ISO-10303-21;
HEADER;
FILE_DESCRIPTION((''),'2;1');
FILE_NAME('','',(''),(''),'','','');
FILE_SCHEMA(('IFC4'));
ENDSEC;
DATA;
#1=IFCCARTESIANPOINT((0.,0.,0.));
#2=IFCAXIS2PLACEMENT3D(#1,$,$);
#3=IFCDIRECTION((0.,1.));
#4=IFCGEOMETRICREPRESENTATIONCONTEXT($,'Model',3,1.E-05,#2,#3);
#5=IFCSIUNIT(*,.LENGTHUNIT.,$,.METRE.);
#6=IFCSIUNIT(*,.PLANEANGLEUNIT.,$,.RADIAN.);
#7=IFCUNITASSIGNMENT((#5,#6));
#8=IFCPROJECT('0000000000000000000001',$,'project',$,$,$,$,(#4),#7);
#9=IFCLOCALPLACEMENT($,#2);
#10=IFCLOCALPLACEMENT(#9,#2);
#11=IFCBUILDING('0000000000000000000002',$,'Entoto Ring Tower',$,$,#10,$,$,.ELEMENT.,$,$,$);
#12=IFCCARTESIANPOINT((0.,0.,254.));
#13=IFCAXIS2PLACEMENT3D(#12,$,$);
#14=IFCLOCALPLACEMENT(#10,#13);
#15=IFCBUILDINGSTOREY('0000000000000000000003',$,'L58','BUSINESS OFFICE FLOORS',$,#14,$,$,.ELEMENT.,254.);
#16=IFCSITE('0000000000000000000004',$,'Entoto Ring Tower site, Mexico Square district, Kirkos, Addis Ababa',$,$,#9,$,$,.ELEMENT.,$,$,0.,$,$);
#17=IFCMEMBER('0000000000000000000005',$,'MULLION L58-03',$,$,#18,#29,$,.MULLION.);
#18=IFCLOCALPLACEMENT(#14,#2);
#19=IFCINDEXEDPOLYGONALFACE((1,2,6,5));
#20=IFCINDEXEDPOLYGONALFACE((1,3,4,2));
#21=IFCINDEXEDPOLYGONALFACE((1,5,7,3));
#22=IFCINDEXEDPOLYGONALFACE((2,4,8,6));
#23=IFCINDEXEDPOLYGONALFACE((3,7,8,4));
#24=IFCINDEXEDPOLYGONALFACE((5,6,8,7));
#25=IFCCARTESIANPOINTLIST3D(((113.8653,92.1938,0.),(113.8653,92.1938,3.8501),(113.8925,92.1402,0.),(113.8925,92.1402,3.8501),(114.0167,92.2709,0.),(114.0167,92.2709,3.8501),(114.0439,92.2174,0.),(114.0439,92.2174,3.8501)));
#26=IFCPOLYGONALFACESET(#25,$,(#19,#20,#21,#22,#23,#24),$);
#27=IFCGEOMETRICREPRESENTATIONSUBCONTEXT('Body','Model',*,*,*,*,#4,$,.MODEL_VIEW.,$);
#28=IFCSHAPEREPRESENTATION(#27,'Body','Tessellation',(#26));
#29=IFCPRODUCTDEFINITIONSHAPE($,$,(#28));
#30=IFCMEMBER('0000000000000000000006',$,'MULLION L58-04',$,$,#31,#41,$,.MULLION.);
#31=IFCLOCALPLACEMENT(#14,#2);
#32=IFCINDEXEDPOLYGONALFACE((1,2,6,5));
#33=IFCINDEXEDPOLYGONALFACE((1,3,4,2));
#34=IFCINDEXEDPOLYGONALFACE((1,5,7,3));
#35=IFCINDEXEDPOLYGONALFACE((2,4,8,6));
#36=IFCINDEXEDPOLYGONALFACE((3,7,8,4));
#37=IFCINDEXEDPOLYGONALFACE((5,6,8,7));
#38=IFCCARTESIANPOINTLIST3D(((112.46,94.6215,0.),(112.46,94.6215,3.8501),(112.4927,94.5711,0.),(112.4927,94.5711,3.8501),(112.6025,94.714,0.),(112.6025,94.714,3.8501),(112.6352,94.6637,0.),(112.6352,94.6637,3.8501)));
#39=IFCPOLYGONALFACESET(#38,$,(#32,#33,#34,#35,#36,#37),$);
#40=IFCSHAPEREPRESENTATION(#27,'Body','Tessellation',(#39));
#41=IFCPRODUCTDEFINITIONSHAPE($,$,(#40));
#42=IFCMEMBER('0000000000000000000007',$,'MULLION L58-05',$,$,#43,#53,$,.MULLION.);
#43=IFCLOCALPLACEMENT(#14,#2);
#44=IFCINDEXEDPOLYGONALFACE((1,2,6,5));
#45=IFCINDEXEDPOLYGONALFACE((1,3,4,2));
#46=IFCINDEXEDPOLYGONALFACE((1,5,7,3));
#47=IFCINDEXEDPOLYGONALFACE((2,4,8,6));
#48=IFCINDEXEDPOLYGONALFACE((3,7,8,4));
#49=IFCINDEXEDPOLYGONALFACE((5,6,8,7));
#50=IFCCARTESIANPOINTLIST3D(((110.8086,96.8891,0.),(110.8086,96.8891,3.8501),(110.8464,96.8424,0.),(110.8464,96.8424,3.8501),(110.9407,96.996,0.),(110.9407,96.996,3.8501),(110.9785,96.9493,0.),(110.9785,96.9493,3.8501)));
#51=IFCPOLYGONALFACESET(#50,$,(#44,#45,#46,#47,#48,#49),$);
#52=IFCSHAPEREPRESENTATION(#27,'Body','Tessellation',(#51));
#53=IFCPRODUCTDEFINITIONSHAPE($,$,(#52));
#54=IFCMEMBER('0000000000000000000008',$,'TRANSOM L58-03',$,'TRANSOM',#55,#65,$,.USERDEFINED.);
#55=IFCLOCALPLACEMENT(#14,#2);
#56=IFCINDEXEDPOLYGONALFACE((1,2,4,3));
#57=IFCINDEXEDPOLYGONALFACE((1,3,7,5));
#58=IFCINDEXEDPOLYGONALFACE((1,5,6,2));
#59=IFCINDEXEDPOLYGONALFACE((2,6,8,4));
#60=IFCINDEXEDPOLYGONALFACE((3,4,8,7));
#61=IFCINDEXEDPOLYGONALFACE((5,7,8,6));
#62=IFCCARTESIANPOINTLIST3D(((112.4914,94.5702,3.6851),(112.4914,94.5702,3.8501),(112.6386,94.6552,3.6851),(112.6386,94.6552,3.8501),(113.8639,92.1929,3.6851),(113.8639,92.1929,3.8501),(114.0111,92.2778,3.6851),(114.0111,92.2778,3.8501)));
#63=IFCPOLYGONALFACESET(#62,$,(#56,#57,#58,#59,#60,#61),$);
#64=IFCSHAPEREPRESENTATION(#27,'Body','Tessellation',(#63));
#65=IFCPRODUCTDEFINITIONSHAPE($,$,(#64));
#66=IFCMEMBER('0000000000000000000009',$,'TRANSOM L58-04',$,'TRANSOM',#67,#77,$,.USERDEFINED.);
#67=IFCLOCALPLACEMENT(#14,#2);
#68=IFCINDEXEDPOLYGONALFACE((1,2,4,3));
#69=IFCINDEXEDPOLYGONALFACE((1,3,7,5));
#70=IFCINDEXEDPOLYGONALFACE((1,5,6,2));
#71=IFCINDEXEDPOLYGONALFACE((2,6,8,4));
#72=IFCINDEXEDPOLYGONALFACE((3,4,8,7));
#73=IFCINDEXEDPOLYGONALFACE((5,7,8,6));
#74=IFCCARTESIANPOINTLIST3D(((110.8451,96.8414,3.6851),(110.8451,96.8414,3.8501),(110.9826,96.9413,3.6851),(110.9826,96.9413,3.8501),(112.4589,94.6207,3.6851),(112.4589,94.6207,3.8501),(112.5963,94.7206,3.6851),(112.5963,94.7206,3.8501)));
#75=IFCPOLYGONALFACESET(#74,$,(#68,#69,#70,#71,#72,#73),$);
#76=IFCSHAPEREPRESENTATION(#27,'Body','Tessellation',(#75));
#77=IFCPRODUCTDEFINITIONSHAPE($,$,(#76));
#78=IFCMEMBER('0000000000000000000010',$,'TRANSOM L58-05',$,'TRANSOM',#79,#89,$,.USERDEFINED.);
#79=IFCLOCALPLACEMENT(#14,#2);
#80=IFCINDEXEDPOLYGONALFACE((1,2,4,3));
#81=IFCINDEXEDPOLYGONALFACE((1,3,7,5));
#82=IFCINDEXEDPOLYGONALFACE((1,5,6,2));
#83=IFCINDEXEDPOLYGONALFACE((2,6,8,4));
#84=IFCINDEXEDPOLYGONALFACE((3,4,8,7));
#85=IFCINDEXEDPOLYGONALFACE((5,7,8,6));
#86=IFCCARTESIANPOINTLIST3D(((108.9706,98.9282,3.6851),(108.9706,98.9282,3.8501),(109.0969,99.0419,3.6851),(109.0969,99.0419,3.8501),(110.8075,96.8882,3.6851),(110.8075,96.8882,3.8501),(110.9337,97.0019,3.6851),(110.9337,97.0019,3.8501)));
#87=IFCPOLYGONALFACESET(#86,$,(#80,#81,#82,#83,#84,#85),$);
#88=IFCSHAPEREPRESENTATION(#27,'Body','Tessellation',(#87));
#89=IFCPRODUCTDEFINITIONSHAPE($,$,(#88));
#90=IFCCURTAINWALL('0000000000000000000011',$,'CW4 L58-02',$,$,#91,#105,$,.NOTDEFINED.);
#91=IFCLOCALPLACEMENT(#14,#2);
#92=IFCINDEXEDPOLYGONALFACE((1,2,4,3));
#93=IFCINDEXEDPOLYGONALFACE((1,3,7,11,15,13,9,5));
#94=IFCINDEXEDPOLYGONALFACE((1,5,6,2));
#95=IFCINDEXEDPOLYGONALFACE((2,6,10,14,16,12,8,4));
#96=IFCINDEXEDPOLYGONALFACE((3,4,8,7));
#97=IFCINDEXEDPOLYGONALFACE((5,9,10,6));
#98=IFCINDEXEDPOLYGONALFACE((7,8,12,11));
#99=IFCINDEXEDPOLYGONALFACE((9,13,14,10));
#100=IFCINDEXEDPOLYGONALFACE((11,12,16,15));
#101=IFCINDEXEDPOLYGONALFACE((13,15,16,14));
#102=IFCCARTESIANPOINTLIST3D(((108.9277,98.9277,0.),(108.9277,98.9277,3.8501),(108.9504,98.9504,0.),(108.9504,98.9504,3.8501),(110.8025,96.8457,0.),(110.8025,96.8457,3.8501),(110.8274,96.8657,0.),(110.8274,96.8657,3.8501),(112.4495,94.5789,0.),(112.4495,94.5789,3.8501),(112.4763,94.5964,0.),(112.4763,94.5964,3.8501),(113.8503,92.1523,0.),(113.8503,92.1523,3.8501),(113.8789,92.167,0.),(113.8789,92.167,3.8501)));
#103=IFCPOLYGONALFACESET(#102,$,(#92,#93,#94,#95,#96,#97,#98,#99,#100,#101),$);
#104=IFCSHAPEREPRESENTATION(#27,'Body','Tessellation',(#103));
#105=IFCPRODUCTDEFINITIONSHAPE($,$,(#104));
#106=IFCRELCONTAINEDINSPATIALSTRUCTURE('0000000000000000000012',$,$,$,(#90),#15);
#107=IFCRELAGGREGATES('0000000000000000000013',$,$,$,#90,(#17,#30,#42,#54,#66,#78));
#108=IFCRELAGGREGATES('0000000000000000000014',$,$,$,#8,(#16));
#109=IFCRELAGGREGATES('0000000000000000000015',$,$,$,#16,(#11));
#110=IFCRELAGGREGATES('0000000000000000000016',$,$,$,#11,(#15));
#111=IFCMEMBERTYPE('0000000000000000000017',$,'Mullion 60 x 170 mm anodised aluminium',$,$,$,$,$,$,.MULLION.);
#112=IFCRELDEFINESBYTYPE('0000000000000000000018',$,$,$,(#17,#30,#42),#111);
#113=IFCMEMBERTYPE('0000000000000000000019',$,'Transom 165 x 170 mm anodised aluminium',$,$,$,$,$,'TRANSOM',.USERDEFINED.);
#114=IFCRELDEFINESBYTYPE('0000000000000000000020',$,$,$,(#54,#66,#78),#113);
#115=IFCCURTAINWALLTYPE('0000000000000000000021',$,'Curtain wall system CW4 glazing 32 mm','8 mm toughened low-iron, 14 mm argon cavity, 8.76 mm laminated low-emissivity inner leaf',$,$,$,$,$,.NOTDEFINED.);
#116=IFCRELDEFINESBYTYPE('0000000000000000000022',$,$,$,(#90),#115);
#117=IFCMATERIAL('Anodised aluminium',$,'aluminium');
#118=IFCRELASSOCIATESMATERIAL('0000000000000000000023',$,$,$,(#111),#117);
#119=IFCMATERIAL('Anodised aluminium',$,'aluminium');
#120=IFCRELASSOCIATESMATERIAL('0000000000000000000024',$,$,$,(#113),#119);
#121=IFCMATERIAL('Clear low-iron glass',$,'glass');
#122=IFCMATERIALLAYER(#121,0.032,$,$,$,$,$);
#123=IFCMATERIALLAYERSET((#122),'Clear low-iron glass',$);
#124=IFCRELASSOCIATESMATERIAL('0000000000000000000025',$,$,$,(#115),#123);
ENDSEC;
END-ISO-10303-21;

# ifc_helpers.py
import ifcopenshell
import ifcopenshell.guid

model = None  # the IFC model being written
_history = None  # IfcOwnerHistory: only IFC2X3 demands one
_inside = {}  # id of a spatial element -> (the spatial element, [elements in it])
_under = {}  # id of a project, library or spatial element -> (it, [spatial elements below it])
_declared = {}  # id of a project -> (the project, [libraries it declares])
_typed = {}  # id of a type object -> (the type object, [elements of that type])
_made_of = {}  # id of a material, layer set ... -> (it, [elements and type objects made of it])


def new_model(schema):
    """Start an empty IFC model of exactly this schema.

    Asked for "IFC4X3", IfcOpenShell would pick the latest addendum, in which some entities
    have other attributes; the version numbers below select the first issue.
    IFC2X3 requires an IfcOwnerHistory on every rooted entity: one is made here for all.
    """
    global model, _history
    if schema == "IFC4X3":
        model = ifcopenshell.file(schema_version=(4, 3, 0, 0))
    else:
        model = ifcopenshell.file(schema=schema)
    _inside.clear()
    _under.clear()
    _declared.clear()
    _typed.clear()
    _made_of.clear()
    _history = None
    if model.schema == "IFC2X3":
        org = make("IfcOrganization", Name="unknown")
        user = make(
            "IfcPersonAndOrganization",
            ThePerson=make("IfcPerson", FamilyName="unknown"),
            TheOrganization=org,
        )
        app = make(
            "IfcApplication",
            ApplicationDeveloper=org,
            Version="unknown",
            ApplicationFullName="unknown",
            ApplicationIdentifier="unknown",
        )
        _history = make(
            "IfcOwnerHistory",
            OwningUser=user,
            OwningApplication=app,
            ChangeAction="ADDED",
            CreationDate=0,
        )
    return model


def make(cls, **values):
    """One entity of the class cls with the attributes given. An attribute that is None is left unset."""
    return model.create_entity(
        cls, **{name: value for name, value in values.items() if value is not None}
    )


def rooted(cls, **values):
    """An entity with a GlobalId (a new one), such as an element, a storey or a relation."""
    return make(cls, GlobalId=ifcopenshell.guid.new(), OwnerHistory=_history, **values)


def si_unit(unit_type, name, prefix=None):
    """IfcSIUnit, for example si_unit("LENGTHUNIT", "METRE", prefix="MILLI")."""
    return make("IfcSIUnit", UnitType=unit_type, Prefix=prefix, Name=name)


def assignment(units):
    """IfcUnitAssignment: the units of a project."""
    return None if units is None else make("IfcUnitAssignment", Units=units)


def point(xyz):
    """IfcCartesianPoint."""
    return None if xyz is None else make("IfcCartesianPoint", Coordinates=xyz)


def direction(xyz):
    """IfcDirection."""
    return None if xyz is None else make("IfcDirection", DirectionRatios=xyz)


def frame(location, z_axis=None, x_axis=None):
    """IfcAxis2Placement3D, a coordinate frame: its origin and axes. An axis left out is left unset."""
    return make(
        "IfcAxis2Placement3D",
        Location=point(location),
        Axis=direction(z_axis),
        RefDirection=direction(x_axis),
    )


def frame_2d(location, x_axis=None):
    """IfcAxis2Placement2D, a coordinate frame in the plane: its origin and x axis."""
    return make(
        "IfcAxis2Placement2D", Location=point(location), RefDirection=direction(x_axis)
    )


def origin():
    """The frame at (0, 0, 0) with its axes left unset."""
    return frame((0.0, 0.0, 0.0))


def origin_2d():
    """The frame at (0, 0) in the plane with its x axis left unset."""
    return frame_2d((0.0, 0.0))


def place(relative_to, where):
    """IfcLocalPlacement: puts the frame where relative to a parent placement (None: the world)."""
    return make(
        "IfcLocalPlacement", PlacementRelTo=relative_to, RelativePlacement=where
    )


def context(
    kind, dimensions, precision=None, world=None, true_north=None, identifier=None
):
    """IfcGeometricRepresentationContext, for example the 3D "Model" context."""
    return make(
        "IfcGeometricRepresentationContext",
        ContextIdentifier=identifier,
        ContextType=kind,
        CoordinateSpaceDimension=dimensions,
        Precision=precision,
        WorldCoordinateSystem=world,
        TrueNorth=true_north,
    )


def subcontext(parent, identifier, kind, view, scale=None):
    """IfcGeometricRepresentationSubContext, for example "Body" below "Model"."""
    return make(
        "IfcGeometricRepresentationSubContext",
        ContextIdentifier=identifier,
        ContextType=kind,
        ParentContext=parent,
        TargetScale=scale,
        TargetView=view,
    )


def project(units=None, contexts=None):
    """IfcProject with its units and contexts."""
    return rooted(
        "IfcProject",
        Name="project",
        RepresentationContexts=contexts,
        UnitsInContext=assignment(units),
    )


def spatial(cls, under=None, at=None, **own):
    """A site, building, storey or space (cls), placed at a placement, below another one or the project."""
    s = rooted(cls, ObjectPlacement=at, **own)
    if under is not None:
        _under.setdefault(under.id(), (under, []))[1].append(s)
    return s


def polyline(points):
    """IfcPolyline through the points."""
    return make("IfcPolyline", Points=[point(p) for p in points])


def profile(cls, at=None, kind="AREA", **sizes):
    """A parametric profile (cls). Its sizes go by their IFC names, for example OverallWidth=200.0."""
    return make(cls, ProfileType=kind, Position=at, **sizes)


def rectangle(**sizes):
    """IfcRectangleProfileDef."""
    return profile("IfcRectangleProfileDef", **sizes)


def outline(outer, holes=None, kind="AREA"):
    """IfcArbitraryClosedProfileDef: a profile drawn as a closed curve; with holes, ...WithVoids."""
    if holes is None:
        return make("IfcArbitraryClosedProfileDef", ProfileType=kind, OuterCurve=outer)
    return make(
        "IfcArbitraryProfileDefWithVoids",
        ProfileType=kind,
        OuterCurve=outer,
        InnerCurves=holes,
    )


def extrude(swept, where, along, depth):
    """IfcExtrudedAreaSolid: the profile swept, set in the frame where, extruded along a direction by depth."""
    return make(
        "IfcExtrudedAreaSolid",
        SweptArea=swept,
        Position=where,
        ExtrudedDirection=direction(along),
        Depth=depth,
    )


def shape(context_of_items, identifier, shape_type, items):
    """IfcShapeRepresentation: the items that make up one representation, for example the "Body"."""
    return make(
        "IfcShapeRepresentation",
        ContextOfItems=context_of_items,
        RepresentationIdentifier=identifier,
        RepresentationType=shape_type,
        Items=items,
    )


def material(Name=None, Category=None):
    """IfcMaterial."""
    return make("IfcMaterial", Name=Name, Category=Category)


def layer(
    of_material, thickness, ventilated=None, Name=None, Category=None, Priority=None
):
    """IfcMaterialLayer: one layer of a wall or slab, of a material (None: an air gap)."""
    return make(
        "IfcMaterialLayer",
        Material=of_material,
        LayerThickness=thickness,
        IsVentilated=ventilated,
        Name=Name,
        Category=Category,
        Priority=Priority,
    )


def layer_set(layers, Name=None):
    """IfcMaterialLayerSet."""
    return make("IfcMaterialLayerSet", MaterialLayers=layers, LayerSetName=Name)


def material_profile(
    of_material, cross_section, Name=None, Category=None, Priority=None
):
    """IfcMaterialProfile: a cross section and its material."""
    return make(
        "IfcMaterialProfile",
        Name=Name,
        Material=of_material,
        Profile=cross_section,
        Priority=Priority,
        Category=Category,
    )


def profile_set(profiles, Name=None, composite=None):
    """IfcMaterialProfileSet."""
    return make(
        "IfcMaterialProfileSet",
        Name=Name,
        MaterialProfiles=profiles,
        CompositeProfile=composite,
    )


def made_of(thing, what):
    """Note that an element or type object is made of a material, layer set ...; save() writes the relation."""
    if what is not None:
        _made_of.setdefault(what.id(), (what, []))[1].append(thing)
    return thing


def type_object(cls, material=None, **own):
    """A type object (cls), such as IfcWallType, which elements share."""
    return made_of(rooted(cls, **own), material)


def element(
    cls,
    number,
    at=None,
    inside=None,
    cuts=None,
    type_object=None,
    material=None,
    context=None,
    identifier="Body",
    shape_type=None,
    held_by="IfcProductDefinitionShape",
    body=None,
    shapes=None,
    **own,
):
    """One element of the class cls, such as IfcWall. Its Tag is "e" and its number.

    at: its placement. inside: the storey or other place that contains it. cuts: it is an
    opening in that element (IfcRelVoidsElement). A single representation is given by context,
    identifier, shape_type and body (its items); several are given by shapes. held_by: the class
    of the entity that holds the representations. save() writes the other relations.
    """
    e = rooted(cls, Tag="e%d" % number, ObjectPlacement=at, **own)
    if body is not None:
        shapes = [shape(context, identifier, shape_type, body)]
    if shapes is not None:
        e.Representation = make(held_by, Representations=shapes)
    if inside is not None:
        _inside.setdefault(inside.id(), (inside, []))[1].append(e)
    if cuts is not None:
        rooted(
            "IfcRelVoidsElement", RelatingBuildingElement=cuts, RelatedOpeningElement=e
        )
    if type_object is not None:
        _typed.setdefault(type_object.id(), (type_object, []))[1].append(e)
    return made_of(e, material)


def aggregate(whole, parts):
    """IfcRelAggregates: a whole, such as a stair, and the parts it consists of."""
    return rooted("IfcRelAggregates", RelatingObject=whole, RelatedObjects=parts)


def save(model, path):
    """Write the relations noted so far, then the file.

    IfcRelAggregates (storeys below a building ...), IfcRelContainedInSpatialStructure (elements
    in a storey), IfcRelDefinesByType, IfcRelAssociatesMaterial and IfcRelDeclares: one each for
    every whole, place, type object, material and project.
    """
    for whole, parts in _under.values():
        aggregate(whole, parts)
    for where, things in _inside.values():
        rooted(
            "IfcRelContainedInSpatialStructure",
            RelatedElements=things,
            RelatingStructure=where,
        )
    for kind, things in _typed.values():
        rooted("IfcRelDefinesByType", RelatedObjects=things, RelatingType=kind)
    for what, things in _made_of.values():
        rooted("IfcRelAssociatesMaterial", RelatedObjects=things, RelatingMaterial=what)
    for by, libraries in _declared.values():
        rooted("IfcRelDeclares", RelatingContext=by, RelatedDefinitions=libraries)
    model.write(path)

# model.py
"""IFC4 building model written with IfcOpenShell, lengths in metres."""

from ifc_helpers import new_model, si_unit, direction, frame, origin, origin_2d, place, context, subcontext, project, spatial, polyline, rectangle, outline, extrude, material, layer, layer_set, material_profile, profile_set, type_object, element, aggregate, save


model = new_model("IFC4")

# Units and contexts
model_context = context("Model", 3, precision=1e-05, world=origin(), true_north=direction((0.0, 1.0)))
body_context = subcontext(model_context, "Body", "Model", "MODEL_VIEW")
ifc_project = project(units=[si_unit("LENGTHUNIT", "METRE"), si_unit("PLANEANGLEUNIT", "RADIAN")], contexts=[model_context])

# Members
ifc_material_1 = material(Name="Anodised aluminium", Category="aluminium")
ifc_material_profile_1 = material_profile(ifc_material_1, rectangle(XDim=0.0601, YDim=0.1699, at=origin_2d()), Name="Mullion 60 x 170 mm anodised aluminium")
ifc_profile_set_1 = profile_set([ifc_material_profile_1], Name="Anodised aluminium")
member_type_1 = type_object("IfcMemberType", Name="Mullion 60 x 170 mm anodised aluminium", PredefinedType="MULLION", material=ifc_profile_set_1)
site_placement = place(None, origin())
building_placement = place(site_placement, origin())
storey_placement = place(building_placement, frame((0.0, 0.0, 254.0)))
member_1_placement = place(storey_placement, frame((113.9546, 92.2056, 0.0), z_axis=(0.0, 0.0, 1.0), x_axis=(-0.45399, 0.891007, 0.0)))
member_1 = element("IfcMember", 1, at=member_1_placement, type_object=member_type_1, Name="MULLION L58-03", PredefinedType="MULLION", context=body_context, shape_type="SweptSolid", body=[
    extrude(rectangle(XDim=0.0601, YDim=0.1699, at=origin_2d()), origin(), (0.0, 0.0, 1.0), 3.8501),
])
member_2_placement = place(storey_placement, frame((112.5476, 94.6426, 0.0), z_axis=(0.0, 0.0, 1.0), x_axis=(-0.544639, 0.838671, 0.0)))
member_2 = element("IfcMember", 2, at=member_2_placement, type_object=member_type_1, Name="MULLION L58-04", PredefinedType="MULLION", context=body_context, shape_type="SweptSolid", body=[
    extrude(rectangle(XDim=0.0601, YDim=0.1699, at=origin_2d()), origin(), (0.0, 0.0, 1.0), 3.8501),
])
member_3_placement = place(storey_placement, frame((110.8936, 96.9192, 0.0), z_axis=(0.0, 0.0, 1.0), x_axis=(-0.62932, 0.777146, 0.0)))
member_3 = element("IfcMember", 3, at=member_3_placement, type_object=member_type_1, Name="MULLION L58-05", PredefinedType="MULLION", context=body_context, shape_type="SweptSolid", body=[
    extrude(rectangle(XDim=0.0601, YDim=0.1699, at=origin_2d()), origin(), (0.0, 0.0, 1.0), 3.8501),
])
ifc_material_2 = material(Name="Anodised aluminium", Category="aluminium")
ifc_material_profile_2 = material_profile(ifc_material_2, rectangle(XDim=0.1699, YDim=0.165, at=origin_2d()), Name="Transom 165 x 170 mm anodised aluminium")
ifc_profile_set_2 = profile_set([ifc_material_profile_2], Name="Anodised aluminium")
member_type_2 = type_object("IfcMemberType", Name="Transom 165 x 170 mm anodised aluminium", ElementType="TRANSOM", PredefinedType="USERDEFINED", material=ifc_profile_set_2)
member_4_placement = place(storey_placement, frame((113.9375, 92.2354, 3.7676), z_axis=(-0.499984, 0.866035, 0.0), x_axis=(-0.866035, -0.499984, 0.0)))
member_4 = element("IfcMember", 4, at=member_4_placement, type_object=member_type_2, Name="TRANSOM L58-03", ObjectType="TRANSOM", PredefinedType="USERDEFINED", context=body_context, shape_type="SweptSolid", body=[
    extrude(rectangle(XDim=0.1699, YDim=0.165, at=origin_2d()), origin(), (0.0, 0.0, 1.0), 2.7451),
])
member_5_placement = place(storey_placement, frame((112.5276, 94.6707, 3.7676), z_axis=(-0.587865, 0.808959, 0.0), x_axis=(-0.808959, -0.587865, 0.0)))
member_5 = element("IfcMember", 5, at=member_5_placement, type_object=member_type_2, Name="TRANSOM L58-04", ObjectType="TRANSOM", PredefinedType="USERDEFINED", context=body_context, shape_type="SweptSolid", body=[
    extrude(rectangle(XDim=0.1699, YDim=0.165, at=origin_2d()), origin(), (0.0, 0.0, 1.0), 2.7451),
])
member_6_placement = place(storey_placement, frame((110.8706, 96.9451, 3.7676), z_axis=(-0.669142, 0.743135, 0.0), x_axis=(-0.743135, -0.669142, 0.0)))
member_6 = element("IfcMember", 6, at=member_6_placement, type_object=member_type_2, Name="TRANSOM L58-05", ObjectType="TRANSOM", PredefinedType="USERDEFINED", context=body_context, shape_type="SweptSolid", body=[
    extrude(rectangle(XDim=0.1699, YDim=0.165, at=origin_2d()), origin(), (0.0, 0.0, 1.0), 2.7451),
])

# Site, building, storey
site = spatial("IfcSite", under=ifc_project, at=site_placement, Name="Entoto Ring Tower site, Mexico Square district, Kirkos, Addis Ababa", CompositionType="ELEMENT", RefElevation=0.0)
building = spatial("IfcBuilding", under=site, at=building_placement, Name="Entoto Ring Tower", CompositionType="ELEMENT")
storey = spatial("IfcBuildingStorey", under=building, at=storey_placement, Name="L58", Description="BUSINESS OFFICE FLOORS", CompositionType="ELEMENT", Elevation=254.0)

# Curtain wall
ifc_material_3 = material(Name="Clear low-iron glass", Category="glass")
ifc_layer_1 = layer(ifc_material_3, 0.032)
ifc_layer_set_1 = layer_set([ifc_layer_1], Name="Clear low-iron glass")
curtain_wall_type = type_object("IfcCurtainWallType", Name="Curtain wall system CW4 glazing 32 mm", Description="8 mm toughened low-iron, 14 mm argon cavity, 8.76 mm laminated low-emissivity inner leaf", PredefinedType="NOTDEFINED", material=ifc_layer_set_1)
curtain_wall_1_placement = place(storey_placement, origin())
curtain_wall_1 = element("IfcCurtainWall", 7, at=curtain_wall_1_placement, inside=storey, type_object=curtain_wall_type, Name="CW4 L58-02", PredefinedType="NOTDEFINED", context=body_context, shape_type="SweptSolid", body=[
    extrude(outline(polyline([(113.8789, 92.167), (112.4763, 94.5964), (110.8274, 96.8657), (108.9504, 98.9504), (108.9277, 98.9277), (110.8025, 96.8457), (112.4495, 94.5789), (113.8503, 92.1523), (113.8789, 92.167)])), origin(), (0.0, 0.0, 1.0), 3.8501),
])
aggregate(curtain_wall_1, [member_1, member_2, member_3, member_4, member_5, member_6])

save(model, "model.ifc")
